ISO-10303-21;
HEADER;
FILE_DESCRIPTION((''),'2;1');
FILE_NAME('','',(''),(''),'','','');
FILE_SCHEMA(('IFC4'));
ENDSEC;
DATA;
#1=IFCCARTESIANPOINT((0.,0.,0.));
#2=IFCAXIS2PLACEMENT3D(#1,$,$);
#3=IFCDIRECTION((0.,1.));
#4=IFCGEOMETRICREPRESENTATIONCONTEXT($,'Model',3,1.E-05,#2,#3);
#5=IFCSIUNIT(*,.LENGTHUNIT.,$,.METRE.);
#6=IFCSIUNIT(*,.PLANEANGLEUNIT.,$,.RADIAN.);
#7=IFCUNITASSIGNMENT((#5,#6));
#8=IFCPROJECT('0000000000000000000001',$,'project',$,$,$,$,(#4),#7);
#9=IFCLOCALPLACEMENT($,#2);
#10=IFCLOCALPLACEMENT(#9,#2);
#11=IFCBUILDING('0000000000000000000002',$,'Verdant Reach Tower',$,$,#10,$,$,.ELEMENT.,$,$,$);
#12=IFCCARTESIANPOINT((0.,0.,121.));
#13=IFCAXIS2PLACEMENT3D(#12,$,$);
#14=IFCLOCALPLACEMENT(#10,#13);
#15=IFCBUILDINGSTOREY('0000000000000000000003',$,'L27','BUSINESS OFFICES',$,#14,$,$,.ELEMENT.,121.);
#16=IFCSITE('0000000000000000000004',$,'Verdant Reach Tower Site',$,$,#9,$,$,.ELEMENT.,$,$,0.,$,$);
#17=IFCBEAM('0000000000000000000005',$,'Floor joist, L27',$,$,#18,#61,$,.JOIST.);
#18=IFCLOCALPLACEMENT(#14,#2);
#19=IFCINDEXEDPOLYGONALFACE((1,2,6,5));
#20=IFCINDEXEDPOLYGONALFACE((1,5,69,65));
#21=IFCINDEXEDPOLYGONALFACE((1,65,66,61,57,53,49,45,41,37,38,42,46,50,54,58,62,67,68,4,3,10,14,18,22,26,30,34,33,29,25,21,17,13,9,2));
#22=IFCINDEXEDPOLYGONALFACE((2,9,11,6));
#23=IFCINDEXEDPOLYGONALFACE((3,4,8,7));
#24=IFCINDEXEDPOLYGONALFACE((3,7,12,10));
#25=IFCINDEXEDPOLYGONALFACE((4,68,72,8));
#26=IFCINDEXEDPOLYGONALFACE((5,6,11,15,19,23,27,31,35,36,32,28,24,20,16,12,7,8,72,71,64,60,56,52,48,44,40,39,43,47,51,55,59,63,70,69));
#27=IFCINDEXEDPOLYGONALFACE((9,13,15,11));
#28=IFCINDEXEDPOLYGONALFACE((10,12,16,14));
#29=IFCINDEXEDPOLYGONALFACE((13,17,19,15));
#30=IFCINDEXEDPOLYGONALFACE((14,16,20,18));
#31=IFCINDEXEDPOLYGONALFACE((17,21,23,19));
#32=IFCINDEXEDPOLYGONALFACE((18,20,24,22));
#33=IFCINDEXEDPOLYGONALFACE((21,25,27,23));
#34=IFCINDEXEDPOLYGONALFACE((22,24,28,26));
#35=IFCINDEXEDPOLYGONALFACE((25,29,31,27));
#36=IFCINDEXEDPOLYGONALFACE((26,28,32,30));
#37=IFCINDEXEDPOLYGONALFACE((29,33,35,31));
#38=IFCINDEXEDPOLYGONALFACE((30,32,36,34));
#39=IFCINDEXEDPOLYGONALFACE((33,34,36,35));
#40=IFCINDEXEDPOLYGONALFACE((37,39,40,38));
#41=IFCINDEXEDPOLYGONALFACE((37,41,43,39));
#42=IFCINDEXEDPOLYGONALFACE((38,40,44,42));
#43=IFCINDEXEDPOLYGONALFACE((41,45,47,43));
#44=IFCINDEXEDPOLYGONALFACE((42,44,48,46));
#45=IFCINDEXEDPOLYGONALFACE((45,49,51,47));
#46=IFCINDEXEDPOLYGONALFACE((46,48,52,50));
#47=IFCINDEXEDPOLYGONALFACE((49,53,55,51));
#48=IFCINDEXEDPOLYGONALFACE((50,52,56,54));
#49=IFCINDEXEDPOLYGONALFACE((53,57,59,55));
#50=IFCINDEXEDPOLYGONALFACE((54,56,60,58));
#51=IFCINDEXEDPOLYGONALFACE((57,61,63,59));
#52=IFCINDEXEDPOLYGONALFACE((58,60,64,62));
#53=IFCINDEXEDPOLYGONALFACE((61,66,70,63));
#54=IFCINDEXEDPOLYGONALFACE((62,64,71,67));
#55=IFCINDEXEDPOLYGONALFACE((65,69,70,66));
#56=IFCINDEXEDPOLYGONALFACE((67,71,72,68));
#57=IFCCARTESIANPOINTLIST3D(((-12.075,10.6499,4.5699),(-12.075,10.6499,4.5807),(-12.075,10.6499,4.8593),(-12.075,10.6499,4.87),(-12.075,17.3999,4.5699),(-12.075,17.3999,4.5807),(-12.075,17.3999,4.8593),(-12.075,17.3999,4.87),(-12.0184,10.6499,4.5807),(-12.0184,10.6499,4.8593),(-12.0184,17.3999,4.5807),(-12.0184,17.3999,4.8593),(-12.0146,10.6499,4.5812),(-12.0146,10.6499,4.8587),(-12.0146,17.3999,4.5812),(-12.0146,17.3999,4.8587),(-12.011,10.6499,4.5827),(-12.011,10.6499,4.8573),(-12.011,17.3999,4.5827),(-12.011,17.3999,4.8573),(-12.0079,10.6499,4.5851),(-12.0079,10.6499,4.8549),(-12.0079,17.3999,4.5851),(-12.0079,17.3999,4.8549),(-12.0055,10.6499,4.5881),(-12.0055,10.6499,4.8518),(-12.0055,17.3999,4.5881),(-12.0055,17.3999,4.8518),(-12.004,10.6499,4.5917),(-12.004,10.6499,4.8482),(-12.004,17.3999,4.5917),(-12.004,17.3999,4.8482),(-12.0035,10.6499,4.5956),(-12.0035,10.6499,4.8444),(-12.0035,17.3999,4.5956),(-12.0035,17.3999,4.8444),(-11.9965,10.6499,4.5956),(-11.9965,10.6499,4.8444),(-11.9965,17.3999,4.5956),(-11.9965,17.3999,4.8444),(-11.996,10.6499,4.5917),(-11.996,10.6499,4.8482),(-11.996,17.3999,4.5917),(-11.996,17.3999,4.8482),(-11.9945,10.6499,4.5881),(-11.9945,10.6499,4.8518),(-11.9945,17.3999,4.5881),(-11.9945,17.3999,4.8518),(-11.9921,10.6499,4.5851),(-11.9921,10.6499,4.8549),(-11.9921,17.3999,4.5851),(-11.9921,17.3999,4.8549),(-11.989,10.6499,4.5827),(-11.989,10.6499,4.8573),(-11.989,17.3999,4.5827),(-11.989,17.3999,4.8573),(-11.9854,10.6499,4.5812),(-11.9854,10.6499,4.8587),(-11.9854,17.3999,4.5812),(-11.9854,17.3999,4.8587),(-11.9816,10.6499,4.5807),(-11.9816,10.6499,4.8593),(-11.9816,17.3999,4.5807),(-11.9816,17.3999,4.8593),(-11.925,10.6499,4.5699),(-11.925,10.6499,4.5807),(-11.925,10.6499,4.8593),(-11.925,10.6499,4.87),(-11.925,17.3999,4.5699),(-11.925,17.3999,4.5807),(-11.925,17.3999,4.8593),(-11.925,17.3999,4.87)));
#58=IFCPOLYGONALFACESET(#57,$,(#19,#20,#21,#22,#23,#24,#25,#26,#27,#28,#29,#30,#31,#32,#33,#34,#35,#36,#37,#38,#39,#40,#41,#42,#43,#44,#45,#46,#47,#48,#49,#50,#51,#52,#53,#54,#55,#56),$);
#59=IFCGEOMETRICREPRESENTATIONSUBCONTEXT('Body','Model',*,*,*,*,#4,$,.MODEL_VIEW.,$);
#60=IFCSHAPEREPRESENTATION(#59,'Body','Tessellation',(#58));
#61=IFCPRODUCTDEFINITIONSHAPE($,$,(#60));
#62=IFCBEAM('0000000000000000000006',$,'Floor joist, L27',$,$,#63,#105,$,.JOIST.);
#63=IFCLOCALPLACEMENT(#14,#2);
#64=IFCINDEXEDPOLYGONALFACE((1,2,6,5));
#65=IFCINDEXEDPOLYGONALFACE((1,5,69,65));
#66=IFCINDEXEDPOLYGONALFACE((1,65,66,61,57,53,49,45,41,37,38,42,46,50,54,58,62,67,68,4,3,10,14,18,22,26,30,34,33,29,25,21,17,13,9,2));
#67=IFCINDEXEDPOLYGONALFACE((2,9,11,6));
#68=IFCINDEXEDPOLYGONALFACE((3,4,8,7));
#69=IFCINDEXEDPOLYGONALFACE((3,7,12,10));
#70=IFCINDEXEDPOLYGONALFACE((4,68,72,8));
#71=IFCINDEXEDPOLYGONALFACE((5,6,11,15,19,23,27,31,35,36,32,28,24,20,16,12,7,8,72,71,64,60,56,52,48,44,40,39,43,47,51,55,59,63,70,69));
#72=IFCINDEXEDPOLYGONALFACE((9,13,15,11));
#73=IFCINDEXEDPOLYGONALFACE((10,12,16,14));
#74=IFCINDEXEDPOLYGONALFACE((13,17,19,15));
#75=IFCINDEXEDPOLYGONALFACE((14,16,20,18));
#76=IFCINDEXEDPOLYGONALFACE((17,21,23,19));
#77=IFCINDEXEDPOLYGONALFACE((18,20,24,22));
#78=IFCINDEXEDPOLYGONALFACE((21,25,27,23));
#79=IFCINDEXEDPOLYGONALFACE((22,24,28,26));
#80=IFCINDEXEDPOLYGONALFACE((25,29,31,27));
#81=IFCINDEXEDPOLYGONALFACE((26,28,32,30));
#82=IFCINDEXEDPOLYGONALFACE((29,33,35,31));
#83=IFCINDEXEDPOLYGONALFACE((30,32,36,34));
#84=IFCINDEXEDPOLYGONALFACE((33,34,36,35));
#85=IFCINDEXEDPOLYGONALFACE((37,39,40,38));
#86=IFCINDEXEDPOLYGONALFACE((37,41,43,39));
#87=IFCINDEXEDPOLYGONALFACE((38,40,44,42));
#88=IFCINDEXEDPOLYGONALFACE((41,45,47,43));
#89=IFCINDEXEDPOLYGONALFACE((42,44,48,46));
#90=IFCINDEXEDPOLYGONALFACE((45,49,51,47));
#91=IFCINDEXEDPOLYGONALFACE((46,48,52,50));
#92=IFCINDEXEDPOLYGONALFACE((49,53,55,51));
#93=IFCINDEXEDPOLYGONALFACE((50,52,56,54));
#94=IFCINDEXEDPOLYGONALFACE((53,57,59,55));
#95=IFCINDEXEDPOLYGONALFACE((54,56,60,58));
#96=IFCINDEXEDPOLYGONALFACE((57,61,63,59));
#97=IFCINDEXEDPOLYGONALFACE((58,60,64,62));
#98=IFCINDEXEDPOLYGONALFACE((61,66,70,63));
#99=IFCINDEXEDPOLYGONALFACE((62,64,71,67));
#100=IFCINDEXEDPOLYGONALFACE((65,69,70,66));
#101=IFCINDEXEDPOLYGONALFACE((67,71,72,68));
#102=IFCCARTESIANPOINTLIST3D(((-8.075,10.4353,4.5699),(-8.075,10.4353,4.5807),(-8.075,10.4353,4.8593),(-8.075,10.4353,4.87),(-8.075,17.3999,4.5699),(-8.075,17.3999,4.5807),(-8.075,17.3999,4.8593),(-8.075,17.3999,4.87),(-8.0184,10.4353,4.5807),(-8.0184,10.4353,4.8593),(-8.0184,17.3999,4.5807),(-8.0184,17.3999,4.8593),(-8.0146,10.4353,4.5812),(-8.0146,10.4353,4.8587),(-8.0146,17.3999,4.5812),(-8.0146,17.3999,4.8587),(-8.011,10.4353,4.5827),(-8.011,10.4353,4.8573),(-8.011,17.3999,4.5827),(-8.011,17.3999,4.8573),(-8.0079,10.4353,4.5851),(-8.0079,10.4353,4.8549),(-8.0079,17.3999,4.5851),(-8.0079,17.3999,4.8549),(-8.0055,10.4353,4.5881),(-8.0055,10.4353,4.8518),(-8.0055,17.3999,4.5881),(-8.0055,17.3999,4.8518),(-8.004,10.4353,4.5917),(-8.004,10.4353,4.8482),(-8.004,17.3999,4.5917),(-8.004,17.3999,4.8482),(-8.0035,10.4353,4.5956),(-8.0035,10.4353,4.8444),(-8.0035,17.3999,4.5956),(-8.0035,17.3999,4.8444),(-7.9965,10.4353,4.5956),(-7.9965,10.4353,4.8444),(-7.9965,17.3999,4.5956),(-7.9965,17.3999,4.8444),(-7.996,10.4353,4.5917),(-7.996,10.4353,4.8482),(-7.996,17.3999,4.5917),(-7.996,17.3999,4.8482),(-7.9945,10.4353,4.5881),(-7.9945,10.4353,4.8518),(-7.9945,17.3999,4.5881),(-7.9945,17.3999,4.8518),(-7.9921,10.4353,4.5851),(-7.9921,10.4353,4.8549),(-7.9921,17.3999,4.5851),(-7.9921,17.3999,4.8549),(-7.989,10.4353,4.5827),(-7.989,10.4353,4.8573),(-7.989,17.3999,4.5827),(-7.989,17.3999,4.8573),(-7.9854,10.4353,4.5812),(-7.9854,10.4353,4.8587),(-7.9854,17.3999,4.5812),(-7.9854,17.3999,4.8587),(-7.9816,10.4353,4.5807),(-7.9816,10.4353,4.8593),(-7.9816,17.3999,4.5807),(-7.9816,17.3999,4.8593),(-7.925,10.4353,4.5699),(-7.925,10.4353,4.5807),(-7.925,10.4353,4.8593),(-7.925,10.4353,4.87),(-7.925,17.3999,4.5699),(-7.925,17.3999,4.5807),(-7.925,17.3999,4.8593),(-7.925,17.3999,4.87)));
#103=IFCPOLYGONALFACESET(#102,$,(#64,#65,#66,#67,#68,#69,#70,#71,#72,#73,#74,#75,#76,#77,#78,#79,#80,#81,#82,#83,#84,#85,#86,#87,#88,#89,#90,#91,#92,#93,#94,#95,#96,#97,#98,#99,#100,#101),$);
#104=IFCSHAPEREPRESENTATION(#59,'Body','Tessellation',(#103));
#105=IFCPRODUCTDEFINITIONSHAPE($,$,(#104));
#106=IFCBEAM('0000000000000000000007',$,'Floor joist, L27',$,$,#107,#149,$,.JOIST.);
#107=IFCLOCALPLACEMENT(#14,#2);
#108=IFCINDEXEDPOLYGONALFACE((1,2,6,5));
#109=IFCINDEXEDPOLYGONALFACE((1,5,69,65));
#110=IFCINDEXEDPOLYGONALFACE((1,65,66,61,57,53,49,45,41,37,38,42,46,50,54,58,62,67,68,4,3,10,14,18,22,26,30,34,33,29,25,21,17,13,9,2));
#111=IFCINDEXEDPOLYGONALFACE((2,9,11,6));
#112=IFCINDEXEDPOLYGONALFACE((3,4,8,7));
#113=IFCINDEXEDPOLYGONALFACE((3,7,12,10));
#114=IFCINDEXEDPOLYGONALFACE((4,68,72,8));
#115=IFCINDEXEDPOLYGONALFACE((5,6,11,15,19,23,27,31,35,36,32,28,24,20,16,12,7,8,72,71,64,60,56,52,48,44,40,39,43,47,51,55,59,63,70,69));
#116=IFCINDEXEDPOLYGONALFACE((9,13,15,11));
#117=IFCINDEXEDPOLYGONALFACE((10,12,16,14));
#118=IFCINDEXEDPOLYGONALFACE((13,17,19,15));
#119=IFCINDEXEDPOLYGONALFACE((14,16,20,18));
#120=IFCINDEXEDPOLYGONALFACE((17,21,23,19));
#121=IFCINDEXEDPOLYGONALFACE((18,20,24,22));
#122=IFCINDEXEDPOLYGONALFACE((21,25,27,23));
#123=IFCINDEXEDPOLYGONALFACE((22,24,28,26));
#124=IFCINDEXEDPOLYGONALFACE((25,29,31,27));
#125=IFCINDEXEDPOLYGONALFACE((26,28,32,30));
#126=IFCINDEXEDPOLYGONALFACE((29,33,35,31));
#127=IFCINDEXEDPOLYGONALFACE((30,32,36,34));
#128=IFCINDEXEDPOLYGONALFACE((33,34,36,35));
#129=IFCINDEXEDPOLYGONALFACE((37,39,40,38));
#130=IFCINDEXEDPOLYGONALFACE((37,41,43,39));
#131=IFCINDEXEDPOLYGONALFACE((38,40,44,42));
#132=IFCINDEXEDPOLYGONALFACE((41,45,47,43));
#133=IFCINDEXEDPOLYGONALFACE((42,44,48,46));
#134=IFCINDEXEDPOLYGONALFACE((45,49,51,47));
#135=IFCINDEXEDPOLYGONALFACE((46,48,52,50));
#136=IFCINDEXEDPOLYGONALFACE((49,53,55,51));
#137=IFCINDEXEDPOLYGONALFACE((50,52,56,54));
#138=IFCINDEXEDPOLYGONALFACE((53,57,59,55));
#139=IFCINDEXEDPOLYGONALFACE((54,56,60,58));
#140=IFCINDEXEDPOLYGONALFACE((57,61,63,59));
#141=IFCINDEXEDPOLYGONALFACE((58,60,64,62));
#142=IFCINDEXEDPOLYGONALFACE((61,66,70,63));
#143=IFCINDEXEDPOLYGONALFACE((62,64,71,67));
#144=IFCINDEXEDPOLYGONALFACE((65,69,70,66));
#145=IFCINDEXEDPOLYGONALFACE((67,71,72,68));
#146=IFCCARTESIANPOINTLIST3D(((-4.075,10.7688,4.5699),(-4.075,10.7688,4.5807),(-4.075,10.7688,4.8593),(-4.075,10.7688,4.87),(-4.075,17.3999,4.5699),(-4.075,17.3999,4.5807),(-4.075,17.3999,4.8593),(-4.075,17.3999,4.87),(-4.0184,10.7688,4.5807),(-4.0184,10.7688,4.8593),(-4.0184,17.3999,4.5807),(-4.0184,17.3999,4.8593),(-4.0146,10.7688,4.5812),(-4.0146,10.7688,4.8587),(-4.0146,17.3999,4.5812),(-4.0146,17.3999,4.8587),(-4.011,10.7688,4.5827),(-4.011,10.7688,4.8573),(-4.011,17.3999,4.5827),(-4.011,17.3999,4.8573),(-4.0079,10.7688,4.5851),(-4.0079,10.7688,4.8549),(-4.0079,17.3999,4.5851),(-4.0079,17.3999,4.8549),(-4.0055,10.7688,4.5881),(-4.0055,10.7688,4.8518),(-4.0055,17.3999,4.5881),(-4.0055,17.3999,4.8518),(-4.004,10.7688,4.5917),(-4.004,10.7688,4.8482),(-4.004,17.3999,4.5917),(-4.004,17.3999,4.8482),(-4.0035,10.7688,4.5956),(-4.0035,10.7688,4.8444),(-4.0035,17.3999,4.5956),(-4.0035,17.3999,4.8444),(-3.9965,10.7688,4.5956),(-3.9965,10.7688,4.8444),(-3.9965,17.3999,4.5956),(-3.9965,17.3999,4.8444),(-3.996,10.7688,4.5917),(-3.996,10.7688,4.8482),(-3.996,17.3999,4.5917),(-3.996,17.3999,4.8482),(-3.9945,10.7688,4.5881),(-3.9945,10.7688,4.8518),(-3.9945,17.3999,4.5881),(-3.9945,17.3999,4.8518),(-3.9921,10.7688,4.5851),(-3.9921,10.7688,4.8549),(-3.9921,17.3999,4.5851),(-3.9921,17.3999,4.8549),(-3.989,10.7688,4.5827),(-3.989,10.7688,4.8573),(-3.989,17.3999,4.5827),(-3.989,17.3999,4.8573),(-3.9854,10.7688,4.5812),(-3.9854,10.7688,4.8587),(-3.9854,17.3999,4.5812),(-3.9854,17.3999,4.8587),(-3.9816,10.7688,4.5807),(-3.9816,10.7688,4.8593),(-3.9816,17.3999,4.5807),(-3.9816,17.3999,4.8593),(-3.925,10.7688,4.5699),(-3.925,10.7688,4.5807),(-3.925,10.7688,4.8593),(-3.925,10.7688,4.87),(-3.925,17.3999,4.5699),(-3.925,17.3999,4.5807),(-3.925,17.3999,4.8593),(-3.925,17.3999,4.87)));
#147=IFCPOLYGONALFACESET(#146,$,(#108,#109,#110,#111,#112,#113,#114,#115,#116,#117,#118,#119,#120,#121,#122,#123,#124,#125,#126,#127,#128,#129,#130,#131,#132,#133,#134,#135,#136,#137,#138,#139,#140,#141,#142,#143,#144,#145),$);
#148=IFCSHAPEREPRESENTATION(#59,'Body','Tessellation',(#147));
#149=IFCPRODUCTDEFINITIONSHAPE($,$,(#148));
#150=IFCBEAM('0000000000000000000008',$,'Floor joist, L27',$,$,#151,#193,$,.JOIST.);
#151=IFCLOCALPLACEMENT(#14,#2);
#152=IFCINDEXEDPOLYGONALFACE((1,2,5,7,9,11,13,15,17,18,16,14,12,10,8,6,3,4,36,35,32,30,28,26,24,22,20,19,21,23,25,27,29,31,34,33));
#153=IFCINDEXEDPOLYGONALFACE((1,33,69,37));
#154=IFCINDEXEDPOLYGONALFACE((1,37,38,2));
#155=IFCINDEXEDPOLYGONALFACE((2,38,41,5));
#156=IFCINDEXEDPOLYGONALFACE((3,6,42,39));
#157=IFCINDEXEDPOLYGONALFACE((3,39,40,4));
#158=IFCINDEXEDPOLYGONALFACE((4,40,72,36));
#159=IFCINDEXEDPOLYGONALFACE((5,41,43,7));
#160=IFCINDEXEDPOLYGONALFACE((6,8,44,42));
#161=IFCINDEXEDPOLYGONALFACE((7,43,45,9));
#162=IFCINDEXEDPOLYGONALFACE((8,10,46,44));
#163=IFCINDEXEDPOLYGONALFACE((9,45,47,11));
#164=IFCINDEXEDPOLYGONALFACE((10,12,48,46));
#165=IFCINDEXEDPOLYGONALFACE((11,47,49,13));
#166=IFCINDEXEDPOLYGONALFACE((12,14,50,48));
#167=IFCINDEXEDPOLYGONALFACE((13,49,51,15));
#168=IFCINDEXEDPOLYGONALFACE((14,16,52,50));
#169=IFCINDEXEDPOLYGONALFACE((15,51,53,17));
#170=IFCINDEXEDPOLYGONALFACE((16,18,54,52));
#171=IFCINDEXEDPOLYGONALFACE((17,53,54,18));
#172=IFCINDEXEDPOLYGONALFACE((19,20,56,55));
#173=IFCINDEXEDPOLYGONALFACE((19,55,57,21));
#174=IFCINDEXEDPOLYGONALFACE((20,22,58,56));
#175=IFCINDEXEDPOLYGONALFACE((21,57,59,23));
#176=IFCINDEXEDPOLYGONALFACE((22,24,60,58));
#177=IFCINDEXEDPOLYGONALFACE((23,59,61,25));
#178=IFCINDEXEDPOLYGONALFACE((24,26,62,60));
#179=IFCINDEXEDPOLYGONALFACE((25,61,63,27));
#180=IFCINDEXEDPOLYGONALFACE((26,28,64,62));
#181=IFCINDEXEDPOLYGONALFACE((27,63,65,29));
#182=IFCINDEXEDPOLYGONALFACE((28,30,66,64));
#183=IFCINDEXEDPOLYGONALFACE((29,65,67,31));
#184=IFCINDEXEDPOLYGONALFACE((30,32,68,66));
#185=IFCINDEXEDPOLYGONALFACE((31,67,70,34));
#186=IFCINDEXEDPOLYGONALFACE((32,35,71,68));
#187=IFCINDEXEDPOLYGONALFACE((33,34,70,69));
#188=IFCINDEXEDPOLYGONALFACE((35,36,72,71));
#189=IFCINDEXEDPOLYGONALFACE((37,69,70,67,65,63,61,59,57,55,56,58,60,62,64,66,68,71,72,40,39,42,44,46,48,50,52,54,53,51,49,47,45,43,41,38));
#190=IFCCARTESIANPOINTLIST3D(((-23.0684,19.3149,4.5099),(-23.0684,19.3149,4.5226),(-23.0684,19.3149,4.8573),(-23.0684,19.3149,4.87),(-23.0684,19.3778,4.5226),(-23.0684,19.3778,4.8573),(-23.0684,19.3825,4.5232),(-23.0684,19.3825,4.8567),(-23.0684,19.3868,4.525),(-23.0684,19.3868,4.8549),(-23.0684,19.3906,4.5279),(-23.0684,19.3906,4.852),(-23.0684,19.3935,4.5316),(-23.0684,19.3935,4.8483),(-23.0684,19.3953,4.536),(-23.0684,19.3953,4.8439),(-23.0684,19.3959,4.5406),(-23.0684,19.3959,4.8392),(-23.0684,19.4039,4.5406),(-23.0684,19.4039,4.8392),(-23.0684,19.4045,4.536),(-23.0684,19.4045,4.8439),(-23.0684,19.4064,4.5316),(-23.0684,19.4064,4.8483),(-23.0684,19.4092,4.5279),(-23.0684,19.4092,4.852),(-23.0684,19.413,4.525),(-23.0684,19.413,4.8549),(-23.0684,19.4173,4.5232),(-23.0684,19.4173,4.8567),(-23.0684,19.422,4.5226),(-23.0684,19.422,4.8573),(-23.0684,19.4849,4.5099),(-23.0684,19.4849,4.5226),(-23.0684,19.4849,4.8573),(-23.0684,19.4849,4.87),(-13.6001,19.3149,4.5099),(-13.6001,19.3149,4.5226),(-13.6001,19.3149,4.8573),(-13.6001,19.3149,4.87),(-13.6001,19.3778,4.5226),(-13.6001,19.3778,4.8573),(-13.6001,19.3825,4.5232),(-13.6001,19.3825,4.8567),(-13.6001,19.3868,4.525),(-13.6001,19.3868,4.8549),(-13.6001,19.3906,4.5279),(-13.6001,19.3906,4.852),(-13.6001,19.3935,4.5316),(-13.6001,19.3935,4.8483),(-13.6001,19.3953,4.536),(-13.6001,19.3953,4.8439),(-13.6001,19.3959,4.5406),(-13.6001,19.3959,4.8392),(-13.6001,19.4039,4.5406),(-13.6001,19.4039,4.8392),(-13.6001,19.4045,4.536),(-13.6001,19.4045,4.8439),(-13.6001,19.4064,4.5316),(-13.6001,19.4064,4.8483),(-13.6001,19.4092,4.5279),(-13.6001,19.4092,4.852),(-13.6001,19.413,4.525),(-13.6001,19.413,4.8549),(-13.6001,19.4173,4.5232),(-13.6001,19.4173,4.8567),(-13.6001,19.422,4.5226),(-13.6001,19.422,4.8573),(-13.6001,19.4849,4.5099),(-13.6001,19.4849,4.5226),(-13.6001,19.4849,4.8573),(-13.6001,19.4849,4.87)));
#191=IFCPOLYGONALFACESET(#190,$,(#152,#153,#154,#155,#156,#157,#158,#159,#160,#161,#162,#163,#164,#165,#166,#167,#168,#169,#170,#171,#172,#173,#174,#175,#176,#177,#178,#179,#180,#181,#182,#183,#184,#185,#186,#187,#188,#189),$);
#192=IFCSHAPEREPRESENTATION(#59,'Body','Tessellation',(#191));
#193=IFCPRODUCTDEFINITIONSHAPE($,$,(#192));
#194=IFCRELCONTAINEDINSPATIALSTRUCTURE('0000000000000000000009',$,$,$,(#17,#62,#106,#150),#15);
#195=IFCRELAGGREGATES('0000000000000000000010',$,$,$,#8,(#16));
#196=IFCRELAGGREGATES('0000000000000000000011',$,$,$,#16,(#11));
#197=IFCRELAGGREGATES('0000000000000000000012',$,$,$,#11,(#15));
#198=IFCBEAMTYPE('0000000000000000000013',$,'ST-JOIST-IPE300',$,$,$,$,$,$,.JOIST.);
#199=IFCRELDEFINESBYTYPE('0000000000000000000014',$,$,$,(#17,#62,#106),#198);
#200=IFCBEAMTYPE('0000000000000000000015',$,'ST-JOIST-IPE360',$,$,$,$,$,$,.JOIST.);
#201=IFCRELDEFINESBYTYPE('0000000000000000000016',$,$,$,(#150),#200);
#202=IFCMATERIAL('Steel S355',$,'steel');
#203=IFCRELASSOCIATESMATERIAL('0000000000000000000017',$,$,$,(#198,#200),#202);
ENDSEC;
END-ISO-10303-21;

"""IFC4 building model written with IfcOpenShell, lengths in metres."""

from ifc_helpers import new_model, si_unit, direction, frame, origin, origin_2d, place, context, subcontext, project, spatial, i_section, extrude, material, material_profile, profile_set, type_object, element, save


model = new_model("IFC4")

# Units and contexts
model_context = context("Model", 3, precision=1e-05, world=origin(), true_north=direction((0.0, 1.0)))
body_context = subcontext(model_context, "Body", "Model", "MODEL_VIEW")
ifc_project = project(units=[si_unit("LENGTHUNIT", "METRE"), si_unit("PLANEANGLEUNIT", "RADIAN")], contexts=[model_context])

# Site, building, storey
site_placement = place(None, origin())
site = spatial("IfcSite", under=ifc_project, at=site_placement, Name="Verdant Reach Tower Site", CompositionType="ELEMENT", RefElevation=0.0)
building_placement = place(site_placement, origin())
building = spatial("IfcBuilding", under=site, at=building_placement, Name="Verdant Reach Tower", CompositionType="ELEMENT")
storey_placement = place(building_placement, frame((0.0, 0.0, 121.0)))
storey = spatial("IfcBuildingStorey", under=building, at=storey_placement, Name="L27", Description="BUSINESS OFFICES", CompositionType="ELEMENT", Elevation=121.0)

# Beams
ifc_material_1 = material(Name="Steel S355", Category="steel")
ifc_material_profile_1 = material_profile(ifc_material_1, i_section(OverallWidth=0.1499, OverallDepth=0.3, WebThickness=0.0071, FlangeThickness=0.0107, FilletRadius=0.0149, at=origin_2d()), Name="IPE 300")
ifc_profile_set_1 = profile_set([ifc_material_profile_1], Name="Steel S355")
beam_type_1 = type_object("IfcBeamType", Name="ST-JOIST-IPE300", PredefinedType="JOIST", material=ifc_profile_set_1)
beam_1_placement = place(storey_placement, frame((-12.0, 17.3999, 4.72), z_axis=(0.0, -1.0, 0.0), x_axis=(1.0, 0.0, 0.0)))
element("IfcBeam", 1, at=beam_1_placement, inside=storey, type_object=beam_type_1, Name="Floor joist, L27", PredefinedType="JOIST", context=body_context, shape_type="SweptSolid", body=[
    extrude(i_section(OverallWidth=0.1499, OverallDepth=0.3, WebThickness=0.0071, FlangeThickness=0.0107, FilletRadius=0.0149, at=origin_2d()), origin(), (0.0, 0.0, 1.0), 6.75),
])
beam_2_placement = place(storey_placement, frame((-8.0, 17.3999, 4.72), z_axis=(0.0, -1.0, 0.0), x_axis=(1.0, 0.0, 0.0)))
element("IfcBeam", 2, at=beam_2_placement, inside=storey, type_object=beam_type_1, Name="Floor joist, L27", PredefinedType="JOIST", context=body_context, shape_type="SweptSolid", body=[
    extrude(i_section(OverallWidth=0.1499, OverallDepth=0.3, WebThickness=0.0071, FlangeThickness=0.0107, FilletRadius=0.0149, at=origin_2d()), origin(), (0.0, 0.0, 1.0), 6.9646),
])
beam_3_placement = place(storey_placement, frame((-4.0, 17.3999, 4.72), z_axis=(0.0, -1.0, 0.0), x_axis=(1.0, 0.0, 0.0)))
element("IfcBeam", 3, at=beam_3_placement, inside=storey, type_object=beam_type_1, Name="Floor joist, L27", PredefinedType="JOIST", context=body_context, shape_type="SweptSolid", body=[
    extrude(i_section(OverallWidth=0.1499, OverallDepth=0.3, WebThickness=0.0071, FlangeThickness=0.0107, FilletRadius=0.0149, at=origin_2d()), origin(), (0.0, 0.0, 1.0), 6.6311),
])
ifc_material_profile_2 = material_profile(ifc_material_1, i_section(OverallWidth=0.1699, OverallDepth=0.3601, WebThickness=0.0081, FlangeThickness=0.0127, FilletRadius=0.0181, at=origin_2d()), Name="IPE 360")
ifc_profile_set_2 = profile_set([ifc_material_profile_2], Name="Steel S355")
beam_type_2 = type_object("IfcBeamType", Name="ST-JOIST-IPE360", PredefinedType="JOIST", material=ifc_profile_set_2)
beam_4_placement = place(storey_placement, frame((-13.6001, 19.3999, 4.6899), z_axis=(-1.0, 0.0, 0.0), x_axis=(0.0, -1.0, 0.0)))
element("IfcBeam", 4, at=beam_4_placement, inside=storey, type_object=beam_type_2, Name="Floor joist, L27", PredefinedType="JOIST", context=body_context, shape_type="SweptSolid", body=[
    extrude(i_section(OverallWidth=0.1699, OverallDepth=0.3601, WebThickness=0.0081, FlangeThickness=0.0127, FilletRadius=0.0181, at=origin_2d()), origin(), (0.0, 0.0, 1.0), 9.4683),
])

save(model, "model.ifc")
